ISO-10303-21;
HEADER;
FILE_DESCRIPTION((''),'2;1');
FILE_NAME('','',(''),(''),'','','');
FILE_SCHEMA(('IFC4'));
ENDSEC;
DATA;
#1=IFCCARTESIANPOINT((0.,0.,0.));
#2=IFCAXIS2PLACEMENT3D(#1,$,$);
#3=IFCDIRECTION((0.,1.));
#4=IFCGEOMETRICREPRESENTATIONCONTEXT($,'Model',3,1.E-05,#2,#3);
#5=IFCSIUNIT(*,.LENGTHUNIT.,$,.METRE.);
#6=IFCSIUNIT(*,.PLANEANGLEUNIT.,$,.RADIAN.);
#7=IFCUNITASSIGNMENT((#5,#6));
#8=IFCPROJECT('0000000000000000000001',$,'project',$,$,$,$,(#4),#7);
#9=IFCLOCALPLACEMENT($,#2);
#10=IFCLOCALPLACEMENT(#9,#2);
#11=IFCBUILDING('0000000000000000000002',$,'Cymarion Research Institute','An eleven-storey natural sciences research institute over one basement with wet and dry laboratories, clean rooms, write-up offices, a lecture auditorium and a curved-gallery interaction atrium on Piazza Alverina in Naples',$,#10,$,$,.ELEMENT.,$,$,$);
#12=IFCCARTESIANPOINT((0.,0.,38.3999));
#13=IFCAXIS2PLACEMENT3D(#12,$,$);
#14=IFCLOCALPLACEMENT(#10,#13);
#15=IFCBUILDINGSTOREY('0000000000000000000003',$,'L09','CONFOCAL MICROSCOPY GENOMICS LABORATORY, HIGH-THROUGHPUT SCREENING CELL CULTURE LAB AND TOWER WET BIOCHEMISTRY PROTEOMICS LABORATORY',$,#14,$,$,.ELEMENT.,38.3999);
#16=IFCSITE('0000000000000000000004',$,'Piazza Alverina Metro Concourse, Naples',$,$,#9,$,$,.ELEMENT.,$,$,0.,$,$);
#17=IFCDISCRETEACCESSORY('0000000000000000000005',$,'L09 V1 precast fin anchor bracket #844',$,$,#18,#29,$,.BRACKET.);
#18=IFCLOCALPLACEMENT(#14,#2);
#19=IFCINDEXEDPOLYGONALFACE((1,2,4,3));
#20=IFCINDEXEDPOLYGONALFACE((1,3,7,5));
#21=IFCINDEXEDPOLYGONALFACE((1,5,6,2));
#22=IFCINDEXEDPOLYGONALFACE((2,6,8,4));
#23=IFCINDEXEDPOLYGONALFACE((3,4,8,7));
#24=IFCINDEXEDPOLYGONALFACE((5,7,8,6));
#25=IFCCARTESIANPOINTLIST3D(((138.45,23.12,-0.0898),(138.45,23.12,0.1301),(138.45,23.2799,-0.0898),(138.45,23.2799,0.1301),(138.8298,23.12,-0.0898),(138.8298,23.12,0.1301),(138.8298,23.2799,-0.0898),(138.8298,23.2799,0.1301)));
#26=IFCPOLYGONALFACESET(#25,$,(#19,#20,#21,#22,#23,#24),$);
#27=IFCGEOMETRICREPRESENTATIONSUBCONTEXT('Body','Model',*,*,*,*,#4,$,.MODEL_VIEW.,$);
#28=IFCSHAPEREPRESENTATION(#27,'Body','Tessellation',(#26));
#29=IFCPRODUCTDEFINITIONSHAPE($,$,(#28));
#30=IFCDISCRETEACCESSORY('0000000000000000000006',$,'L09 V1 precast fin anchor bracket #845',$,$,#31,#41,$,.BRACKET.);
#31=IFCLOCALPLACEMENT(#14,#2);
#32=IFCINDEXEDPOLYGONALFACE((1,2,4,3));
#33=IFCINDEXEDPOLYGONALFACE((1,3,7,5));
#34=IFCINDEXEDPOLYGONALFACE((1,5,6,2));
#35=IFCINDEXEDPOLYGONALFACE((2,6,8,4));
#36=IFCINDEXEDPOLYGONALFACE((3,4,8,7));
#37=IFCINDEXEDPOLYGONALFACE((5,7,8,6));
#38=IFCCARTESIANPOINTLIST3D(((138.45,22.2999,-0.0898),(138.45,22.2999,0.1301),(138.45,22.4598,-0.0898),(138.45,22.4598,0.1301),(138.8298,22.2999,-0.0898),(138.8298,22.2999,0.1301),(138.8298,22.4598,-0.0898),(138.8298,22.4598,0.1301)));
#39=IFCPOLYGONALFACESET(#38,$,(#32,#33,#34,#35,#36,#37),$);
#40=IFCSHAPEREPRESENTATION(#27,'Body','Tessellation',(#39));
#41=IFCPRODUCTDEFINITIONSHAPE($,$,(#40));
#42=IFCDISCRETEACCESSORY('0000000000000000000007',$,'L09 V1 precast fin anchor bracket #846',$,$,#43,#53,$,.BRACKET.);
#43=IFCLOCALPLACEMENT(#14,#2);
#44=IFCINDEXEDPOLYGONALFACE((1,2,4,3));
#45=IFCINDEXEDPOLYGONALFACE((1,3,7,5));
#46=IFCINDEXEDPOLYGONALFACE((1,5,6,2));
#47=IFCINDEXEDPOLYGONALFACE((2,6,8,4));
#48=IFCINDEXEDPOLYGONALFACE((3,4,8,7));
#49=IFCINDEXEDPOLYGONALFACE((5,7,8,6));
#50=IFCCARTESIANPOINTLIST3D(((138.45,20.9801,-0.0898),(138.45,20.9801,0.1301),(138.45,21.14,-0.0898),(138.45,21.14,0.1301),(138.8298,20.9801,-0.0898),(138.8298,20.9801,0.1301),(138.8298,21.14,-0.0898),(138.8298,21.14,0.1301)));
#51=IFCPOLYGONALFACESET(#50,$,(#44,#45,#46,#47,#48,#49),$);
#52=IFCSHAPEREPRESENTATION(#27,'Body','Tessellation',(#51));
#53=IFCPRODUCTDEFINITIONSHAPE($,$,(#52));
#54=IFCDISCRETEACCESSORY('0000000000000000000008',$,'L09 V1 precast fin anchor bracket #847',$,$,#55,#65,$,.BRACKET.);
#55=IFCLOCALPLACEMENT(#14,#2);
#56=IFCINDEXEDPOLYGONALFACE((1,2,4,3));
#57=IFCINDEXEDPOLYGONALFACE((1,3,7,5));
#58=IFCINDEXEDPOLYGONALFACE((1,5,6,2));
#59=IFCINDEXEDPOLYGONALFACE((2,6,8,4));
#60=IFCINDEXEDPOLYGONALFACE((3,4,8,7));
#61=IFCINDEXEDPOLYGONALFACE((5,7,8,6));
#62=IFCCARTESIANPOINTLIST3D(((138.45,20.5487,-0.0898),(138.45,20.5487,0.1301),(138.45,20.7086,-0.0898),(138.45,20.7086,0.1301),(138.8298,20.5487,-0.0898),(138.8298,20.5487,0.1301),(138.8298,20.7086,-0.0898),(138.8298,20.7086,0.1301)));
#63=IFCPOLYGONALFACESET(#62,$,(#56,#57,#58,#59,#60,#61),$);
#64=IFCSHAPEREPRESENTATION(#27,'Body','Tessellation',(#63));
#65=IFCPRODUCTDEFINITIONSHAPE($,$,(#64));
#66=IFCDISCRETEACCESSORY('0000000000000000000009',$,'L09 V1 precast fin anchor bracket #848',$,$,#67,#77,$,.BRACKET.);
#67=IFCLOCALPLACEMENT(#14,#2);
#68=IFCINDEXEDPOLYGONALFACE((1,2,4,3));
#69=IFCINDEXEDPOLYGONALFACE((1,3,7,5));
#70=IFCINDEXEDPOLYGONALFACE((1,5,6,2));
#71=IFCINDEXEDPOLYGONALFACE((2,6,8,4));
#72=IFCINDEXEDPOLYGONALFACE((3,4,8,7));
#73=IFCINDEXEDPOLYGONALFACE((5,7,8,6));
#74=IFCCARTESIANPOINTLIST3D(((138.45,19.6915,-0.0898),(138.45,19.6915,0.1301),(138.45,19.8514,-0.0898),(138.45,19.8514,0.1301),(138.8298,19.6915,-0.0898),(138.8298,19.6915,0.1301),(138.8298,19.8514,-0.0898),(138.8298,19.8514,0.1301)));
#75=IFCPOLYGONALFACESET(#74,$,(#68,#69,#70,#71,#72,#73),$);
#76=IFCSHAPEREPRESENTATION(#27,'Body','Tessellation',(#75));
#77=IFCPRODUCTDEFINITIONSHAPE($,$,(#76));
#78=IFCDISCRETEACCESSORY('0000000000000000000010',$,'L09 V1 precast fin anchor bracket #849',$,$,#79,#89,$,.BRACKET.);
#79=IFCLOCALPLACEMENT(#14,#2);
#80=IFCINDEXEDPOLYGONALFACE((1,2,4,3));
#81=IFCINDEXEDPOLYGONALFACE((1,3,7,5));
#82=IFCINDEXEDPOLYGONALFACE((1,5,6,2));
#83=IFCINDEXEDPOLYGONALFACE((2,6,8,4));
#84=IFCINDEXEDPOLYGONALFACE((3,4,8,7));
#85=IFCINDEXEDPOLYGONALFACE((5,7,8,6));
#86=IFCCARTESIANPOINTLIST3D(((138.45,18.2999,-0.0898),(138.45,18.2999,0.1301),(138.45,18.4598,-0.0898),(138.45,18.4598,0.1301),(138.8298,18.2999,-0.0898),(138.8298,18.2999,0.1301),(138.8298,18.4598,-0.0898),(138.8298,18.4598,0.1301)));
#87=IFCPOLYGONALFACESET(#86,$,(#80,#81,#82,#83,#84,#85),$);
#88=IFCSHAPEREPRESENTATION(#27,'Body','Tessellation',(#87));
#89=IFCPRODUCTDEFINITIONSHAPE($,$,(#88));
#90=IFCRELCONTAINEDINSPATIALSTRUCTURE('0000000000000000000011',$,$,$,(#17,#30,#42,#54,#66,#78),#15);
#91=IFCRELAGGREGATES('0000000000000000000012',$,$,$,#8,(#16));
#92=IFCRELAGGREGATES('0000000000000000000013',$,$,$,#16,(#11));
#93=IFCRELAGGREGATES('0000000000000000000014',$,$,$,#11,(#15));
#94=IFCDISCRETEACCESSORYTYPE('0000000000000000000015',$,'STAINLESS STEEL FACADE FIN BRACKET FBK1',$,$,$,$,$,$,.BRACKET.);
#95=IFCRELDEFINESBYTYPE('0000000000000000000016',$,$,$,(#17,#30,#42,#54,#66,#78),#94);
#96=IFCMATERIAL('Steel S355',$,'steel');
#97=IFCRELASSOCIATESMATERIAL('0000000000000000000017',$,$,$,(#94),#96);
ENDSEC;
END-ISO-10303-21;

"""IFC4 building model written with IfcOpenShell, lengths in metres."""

from ifc_helpers import new_model, si_unit, direction, frame, origin, origin_2d, place, context, subcontext, project, spatial, rectangle, extrude, material, type_object, element, save


model = new_model("IFC4")

# Units and contexts
model_context = context("Model", 3, precision=1e-05, world=origin(), true_north=direction((0.0, 1.0)))
body_context = subcontext(model_context, "Body", "Model", "MODEL_VIEW")
ifc_project = project(units=[si_unit("LENGTHUNIT", "METRE"), si_unit("PLANEANGLEUNIT", "RADIAN")], contexts=[model_context])

# Site, building, storey
site_placement = place(None, origin())
site = spatial("IfcSite", under=ifc_project, at=site_placement, Name="Piazza Alverina Metro Concourse, Naples", CompositionType="ELEMENT", RefElevation=0.0)
building_placement = place(site_placement, origin())
building = spatial("IfcBuilding", under=site, at=building_placement, Name="Cymarion Research Institute", Description="An eleven-storey natural sciences research institute over one basement with wet and dry laboratories, clean rooms, write-up offices, a lecture auditorium and a curved-gallery interaction atrium on Piazza Alverina in Naples", CompositionType="ELEMENT")
storey_placement = place(building_placement, frame((0.0, 0.0, 38.3999)))
storey = spatial("IfcBuildingStorey", under=building, at=storey_placement, Name="L09", Description="CONFOCAL MICROSCOPY GENOMICS LABORATORY, HIGH-THROUGHPUT SCREENING CELL CULTURE LAB AND TOWER WET BIOCHEMISTRY PROTEOMICS LABORATORY", CompositionType="ELEMENT", Elevation=38.3999)

# Shared definitions
ifc_material_1 = material(Name="Steel S355", Category="steel")

# Discrete accessories
discrete_accessory_type = type_object("IfcDiscreteAccessoryType", Name="STAINLESS STEEL FACADE FIN BRACKET FBK1", PredefinedType="BRACKET", material=ifc_material_1)
for number, where, z_axis, x_axis, name in (
    (1, (138.6399, 23.2, -0.0898), (0.0, 0.0, 1.0), (-1.0, 0.0, 0.0), "L09 V1 precast fin anchor bracket #844"),
    (2, (138.6399, 22.3799, -0.0898), (0.0, 0.0, 1.0), (-1.0, 0.0, 0.0), "L09 V1 precast fin anchor bracket #845"),
    (3, (138.6399, 21.0601, -0.0898), (0.0, 0.0, 1.0), (-1.0, 0.0, 0.0), "L09 V1 precast fin anchor bracket #846"),
    (4, (138.6399, 20.6287, -0.0898), (0.0, 0.0, 1.0), (-1.0, 0.0, 0.0), "L09 V1 precast fin anchor bracket #847"),
    (5, (138.6399, 19.7715, -0.0898), (0.0, 0.0, 1.0), (-1.0, 0.0, 0.0), "L09 V1 precast fin anchor bracket #848"),
    (6, (138.6399, 18.3799, -0.0898), (0.0, 0.0, 1.0), (-1.0, 0.0, 0.0), "L09 V1 precast fin anchor bracket #849"),
):
    element("IfcDiscreteAccessory", number, at=place(storey_placement, frame(where, z_axis=z_axis, x_axis=x_axis)), inside=storey, type_object=discrete_accessory_type, Name=name, PredefinedType="BRACKET", context=body_context, shape_type="SweptSolid", body=[
        extrude(rectangle(XDim=0.3799, YDim=0.1599, at=origin_2d()), origin(), (0.0, 0.0, 1.0), 0.22),
    ])

save(model, "model.ifc")
